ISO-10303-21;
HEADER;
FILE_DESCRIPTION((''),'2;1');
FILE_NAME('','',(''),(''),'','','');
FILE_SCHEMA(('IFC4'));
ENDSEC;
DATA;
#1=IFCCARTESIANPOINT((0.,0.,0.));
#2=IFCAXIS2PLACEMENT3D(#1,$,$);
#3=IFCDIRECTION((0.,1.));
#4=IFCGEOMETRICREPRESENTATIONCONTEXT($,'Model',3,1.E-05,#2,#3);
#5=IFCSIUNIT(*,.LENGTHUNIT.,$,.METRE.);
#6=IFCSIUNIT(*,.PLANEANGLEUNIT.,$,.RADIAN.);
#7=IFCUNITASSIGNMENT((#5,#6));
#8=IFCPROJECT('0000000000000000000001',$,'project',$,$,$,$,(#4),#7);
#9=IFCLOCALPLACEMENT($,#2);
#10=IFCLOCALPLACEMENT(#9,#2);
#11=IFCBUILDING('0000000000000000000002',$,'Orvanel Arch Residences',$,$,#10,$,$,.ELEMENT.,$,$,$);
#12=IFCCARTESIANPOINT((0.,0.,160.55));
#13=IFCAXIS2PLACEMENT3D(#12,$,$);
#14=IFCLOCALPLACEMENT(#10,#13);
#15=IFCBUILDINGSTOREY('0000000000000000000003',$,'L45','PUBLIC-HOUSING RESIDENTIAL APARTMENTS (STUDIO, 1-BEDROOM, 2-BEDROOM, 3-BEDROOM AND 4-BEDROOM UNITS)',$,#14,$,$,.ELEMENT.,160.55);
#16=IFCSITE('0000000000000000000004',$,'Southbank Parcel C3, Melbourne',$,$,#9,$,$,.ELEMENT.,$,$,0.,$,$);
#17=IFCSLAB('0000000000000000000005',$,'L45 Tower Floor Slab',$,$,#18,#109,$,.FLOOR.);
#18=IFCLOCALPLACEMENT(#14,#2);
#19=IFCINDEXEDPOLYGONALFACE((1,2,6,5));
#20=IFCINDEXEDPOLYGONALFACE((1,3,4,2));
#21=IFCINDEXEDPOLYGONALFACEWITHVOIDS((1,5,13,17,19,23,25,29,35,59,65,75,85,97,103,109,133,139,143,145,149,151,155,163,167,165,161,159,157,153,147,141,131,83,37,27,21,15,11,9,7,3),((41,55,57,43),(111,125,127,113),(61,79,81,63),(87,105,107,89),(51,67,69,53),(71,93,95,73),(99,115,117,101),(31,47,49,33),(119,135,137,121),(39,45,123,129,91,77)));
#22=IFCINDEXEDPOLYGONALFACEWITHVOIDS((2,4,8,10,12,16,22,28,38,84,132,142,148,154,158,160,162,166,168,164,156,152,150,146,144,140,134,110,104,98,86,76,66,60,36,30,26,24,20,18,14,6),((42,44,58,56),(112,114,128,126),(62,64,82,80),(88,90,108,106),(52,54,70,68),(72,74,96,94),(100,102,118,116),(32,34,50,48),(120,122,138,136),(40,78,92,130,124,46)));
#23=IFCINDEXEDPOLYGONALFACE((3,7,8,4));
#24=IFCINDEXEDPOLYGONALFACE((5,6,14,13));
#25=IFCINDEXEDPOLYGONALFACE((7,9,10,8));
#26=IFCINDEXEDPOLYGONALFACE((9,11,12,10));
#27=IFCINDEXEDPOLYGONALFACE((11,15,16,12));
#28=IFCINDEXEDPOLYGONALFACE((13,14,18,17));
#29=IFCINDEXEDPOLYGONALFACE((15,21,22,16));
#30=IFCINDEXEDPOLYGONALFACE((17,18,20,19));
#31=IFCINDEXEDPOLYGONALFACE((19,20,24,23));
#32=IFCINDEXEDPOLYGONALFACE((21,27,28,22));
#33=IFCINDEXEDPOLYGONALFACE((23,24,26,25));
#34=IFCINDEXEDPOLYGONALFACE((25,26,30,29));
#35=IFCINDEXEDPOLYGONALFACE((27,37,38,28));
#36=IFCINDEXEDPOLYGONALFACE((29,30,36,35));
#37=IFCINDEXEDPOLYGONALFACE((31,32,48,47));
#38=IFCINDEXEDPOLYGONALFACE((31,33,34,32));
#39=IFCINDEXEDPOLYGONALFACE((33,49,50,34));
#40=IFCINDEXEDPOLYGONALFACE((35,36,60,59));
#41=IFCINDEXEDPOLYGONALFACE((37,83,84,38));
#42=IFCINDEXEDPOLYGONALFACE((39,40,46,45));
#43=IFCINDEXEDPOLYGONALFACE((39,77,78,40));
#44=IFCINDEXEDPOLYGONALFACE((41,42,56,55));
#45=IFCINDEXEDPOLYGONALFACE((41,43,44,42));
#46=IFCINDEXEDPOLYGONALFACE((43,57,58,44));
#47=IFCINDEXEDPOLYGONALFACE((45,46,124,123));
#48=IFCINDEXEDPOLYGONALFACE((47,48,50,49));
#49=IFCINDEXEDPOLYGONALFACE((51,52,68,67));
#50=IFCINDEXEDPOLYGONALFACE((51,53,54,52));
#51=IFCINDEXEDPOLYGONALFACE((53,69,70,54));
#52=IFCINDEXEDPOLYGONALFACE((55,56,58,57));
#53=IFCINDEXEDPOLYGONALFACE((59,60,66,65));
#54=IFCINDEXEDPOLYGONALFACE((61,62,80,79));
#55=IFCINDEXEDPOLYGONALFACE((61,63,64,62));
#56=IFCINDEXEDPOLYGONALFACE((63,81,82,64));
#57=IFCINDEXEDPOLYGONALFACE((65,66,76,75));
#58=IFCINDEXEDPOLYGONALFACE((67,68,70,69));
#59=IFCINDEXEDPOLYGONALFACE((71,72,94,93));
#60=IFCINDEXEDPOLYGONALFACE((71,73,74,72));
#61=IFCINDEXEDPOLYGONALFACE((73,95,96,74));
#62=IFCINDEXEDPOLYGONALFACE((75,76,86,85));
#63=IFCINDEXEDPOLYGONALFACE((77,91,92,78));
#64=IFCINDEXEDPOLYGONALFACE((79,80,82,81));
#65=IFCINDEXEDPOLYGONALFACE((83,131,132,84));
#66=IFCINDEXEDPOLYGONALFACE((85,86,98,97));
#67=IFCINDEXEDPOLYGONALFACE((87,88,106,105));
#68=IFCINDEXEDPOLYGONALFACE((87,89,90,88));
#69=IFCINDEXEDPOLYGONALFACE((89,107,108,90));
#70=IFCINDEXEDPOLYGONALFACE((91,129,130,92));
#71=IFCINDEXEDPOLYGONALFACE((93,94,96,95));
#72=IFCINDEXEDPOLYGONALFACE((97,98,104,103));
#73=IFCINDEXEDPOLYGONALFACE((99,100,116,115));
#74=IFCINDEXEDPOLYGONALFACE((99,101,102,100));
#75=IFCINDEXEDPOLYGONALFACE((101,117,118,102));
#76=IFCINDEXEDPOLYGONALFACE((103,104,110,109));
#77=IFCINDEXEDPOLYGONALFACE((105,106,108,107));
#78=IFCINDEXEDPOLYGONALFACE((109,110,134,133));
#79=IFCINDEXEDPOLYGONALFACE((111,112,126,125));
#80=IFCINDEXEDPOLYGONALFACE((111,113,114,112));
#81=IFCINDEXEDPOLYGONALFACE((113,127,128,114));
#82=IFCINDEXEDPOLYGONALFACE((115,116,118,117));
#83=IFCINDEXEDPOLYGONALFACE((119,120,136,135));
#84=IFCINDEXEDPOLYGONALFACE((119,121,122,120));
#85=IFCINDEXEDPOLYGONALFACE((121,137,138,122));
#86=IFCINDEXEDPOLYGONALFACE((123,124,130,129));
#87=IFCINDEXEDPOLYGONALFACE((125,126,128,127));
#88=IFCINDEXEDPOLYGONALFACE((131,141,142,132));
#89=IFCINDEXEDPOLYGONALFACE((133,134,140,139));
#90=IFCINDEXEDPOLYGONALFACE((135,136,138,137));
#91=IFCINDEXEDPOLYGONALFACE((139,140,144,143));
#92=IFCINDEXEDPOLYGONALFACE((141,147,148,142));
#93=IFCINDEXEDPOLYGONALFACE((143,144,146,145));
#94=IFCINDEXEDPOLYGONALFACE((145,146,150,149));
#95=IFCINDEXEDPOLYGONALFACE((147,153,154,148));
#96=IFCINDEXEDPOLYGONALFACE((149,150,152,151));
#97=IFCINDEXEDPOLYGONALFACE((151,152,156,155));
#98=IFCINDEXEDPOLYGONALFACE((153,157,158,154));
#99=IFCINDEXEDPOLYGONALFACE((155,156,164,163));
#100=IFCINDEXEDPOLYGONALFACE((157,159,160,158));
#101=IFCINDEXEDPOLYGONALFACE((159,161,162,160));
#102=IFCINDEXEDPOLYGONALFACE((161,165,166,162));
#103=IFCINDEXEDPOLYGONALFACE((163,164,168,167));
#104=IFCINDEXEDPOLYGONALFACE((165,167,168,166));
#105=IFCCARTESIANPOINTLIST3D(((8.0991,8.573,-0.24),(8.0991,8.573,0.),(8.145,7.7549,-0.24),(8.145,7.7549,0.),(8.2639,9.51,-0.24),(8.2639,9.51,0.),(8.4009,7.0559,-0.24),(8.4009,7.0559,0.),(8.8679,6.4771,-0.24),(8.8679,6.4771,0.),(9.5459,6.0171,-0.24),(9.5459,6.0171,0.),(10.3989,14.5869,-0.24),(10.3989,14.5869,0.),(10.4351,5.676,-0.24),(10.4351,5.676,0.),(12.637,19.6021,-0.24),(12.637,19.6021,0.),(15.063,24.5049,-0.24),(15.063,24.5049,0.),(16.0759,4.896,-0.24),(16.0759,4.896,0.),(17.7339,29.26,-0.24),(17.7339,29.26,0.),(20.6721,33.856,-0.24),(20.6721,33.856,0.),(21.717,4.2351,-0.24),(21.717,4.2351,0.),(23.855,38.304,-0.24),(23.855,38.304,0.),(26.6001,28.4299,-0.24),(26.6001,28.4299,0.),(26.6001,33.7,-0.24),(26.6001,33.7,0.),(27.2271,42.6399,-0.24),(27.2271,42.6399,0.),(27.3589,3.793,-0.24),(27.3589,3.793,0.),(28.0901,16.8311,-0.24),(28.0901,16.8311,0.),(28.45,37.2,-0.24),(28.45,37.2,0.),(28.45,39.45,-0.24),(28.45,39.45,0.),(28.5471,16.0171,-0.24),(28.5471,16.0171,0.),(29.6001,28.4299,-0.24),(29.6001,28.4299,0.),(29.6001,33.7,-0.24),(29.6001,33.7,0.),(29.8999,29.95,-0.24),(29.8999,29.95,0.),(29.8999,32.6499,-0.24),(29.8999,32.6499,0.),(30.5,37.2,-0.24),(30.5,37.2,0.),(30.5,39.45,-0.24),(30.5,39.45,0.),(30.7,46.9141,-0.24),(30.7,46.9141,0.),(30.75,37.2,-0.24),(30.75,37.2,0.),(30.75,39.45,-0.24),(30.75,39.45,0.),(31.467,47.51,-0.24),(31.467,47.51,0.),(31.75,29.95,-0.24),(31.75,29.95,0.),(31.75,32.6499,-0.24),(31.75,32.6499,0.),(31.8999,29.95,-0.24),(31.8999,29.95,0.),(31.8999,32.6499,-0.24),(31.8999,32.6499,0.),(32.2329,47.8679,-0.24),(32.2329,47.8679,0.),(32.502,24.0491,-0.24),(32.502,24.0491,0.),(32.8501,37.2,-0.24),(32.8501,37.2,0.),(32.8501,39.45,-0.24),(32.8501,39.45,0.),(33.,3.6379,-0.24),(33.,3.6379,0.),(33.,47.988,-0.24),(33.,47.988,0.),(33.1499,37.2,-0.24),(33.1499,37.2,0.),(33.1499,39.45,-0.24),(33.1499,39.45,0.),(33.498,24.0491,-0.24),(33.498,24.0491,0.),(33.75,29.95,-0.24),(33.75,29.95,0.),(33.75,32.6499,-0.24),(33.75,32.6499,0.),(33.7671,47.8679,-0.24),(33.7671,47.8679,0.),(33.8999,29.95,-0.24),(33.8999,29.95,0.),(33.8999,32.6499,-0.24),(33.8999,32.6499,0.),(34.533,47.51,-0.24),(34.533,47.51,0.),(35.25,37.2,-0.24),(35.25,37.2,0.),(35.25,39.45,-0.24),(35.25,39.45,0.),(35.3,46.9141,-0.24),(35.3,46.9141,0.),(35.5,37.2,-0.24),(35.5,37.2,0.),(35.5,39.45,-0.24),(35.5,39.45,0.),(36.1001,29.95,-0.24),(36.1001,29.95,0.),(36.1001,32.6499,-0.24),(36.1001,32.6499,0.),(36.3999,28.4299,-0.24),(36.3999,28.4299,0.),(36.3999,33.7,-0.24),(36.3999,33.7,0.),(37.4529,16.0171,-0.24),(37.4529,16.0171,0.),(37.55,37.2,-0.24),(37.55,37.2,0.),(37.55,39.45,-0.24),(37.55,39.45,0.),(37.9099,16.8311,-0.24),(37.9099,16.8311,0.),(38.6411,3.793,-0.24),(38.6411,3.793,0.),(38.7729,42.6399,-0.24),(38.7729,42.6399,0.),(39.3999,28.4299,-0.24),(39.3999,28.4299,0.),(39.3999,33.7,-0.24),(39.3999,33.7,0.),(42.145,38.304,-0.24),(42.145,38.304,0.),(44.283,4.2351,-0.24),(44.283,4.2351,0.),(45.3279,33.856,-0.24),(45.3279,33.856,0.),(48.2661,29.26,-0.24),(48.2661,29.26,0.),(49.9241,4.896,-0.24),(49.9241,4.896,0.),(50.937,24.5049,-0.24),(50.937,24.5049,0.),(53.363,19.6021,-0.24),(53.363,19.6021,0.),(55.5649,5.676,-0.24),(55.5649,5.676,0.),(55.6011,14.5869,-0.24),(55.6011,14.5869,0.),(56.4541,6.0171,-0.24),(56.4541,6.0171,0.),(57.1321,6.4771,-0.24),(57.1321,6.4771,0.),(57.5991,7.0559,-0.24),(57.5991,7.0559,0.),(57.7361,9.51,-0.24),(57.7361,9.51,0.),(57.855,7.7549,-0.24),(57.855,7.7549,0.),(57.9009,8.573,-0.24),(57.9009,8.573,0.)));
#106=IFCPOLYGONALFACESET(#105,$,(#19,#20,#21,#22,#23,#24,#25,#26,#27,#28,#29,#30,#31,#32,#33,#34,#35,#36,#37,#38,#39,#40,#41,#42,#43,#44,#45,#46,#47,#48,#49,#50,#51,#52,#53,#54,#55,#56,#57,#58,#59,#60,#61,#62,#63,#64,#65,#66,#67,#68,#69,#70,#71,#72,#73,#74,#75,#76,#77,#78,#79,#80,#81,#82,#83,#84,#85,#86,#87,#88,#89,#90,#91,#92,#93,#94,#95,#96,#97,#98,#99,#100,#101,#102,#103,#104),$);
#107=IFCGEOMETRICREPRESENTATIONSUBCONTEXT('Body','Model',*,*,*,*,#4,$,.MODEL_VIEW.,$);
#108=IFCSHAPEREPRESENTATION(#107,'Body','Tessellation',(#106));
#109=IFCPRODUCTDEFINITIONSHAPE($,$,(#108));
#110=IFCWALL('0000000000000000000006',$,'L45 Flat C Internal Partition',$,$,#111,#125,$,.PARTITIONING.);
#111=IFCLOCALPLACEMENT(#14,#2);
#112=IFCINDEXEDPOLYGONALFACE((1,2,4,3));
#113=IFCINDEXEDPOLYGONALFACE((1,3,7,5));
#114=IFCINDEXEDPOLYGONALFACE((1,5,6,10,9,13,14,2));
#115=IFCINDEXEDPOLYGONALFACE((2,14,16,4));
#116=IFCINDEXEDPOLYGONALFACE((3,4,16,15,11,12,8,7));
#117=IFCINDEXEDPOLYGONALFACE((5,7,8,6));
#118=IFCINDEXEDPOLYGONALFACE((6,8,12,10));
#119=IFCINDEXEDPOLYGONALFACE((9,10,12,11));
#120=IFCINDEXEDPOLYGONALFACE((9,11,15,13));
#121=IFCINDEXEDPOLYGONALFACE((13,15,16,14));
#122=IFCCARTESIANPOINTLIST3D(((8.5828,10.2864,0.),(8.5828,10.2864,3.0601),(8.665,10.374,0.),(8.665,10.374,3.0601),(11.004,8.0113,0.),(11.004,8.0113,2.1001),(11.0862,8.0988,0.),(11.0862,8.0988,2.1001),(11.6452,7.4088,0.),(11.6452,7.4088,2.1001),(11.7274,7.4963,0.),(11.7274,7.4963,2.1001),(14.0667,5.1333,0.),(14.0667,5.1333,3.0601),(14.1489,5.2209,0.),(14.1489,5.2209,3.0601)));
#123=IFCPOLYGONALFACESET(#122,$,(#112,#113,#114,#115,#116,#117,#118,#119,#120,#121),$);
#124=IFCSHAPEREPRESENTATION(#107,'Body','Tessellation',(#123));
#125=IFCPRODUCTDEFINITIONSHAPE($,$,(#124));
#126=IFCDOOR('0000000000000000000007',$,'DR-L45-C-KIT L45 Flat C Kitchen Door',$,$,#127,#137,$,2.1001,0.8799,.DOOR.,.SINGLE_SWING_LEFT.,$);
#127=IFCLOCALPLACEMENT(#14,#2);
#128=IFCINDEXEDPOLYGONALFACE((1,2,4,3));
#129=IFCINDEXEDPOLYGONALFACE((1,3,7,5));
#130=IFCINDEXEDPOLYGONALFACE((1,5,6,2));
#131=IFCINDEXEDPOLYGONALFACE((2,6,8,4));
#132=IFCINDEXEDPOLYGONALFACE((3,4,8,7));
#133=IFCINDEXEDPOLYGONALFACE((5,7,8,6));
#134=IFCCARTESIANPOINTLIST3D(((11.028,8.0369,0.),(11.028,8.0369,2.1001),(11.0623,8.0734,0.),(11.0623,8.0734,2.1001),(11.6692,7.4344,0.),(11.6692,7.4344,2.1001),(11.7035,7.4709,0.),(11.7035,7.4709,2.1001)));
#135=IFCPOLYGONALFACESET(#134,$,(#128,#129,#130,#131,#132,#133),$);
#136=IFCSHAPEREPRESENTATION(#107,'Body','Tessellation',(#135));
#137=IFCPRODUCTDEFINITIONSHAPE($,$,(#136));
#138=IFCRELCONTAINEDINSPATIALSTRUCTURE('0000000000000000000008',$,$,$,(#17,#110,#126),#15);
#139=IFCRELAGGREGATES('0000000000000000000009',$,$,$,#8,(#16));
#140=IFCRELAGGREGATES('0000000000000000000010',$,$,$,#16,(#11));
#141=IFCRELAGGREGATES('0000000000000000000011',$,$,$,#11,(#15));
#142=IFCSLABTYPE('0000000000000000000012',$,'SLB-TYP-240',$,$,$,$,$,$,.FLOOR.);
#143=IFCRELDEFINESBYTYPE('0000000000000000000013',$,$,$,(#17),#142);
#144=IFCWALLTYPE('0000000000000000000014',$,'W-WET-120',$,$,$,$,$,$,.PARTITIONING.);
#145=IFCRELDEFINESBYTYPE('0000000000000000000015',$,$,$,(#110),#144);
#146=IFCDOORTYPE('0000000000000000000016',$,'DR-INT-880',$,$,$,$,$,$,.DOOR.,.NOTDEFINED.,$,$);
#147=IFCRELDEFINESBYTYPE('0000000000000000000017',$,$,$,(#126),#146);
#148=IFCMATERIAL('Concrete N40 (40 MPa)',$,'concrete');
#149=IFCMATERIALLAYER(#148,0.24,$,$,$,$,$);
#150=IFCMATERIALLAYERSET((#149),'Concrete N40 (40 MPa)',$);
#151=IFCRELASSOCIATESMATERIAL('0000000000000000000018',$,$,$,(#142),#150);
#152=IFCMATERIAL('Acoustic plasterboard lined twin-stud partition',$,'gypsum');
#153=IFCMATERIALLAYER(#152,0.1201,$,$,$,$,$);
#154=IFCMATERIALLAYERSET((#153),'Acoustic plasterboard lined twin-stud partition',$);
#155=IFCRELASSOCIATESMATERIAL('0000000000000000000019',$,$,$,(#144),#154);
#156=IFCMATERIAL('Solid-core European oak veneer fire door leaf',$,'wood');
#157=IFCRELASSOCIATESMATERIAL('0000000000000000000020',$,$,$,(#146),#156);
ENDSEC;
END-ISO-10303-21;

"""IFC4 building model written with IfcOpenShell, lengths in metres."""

from ifc_helpers import new_model, si_unit, direction, frame, frame_2d, origin, place, context, subcontext, project, spatial, polyline, rectangle, outline, extrude, material, layer, layer_set, type_object, element, fill, save


model = new_model("IFC4")

# Units and contexts
model_context = context("Model", 3, precision=1e-05, world=origin(), true_north=direction((0.0, 1.0)))
body_context = subcontext(model_context, "Body", "Model", "MODEL_VIEW")
ifc_project = project(units=[si_unit("LENGTHUNIT", "METRE"), si_unit("PLANEANGLEUNIT", "RADIAN")], contexts=[model_context])

# Site, building, storey
site_placement = place(None, origin())
site = spatial("IfcSite", under=ifc_project, at=site_placement, Name="Southbank Parcel C3, Melbourne", CompositionType="ELEMENT", RefElevation=0.0)
building_placement = place(site_placement, origin())
building = spatial("IfcBuilding", under=site, at=building_placement, Name="Orvanel Arch Residences", CompositionType="ELEMENT")
storey_placement = place(building_placement, frame((0.0, 0.0, 160.55)))
storey = spatial("IfcBuildingStorey", under=building, at=storey_placement, Name="L45", Description="PUBLIC-HOUSING RESIDENTIAL APARTMENTS (STUDIO, 1-BEDROOM, 2-BEDROOM, 3-BEDROOM AND 4-BEDROOM UNITS)", CompositionType="ELEMENT", Elevation=160.55)

# Shared definitions
ifc_material_1 = material(Name="Concrete N40 (40 MPa)", Category="concrete")

# Slab
ifc_layer_1 = layer(ifc_material_1, 0.24)
ifc_layer_set_1 = layer_set([ifc_layer_1], Name="Concrete N40 (40 MPa)")
slab_type_1 = type_object("IfcSlabType", Name="SLB-TYP-240", PredefinedType="FLOOR", material=ifc_layer_set_1)
slab_1_placement = place(storey_placement, frame((0.0, 0.0, -0.24)))
element("IfcSlab", 1, at=slab_1_placement, inside=storey, type_object=slab_type_1, Name="L45 Tower Floor Slab", PredefinedType="FLOOR", context=body_context, shape_type="SweptSolid", body=[
    extrude(outline(polyline([(35.3, 46.9141), (34.533, 47.51), (33.7671, 47.8679), (33.0, 47.988), (32.2329, 47.8679), (31.467, 47.51), (30.7, 46.9141), (27.2271, 42.6399), (23.855, 38.304), (20.6721, 33.856), (17.7339, 29.26), (15.063, 24.5049), (12.637, 19.6021), (10.3989, 14.5869), (8.2639, 9.51), (8.0991, 8.573), (8.145, 7.7549), (8.4009, 7.0559), (8.8679, 6.4771), (9.5459, 6.0171), (10.4351, 5.676), (16.0759, 4.896), (21.717, 4.2351), (27.3589, 3.793), (33.0, 3.6379), (38.6411, 3.793), (44.283, 4.2351), (49.9241, 4.896), (55.5649, 5.676), (56.4541, 6.0171), (57.1321, 6.4771), (57.5991, 7.0559), (57.855, 7.7549), (57.9009, 8.573), (57.7361, 9.51), (55.6011, 14.5869), (53.363, 19.6021), (50.937, 24.5049), (48.2661, 29.26), (45.3279, 33.856), (42.145, 38.304), (38.7729, 42.6399), (35.3, 46.9141)]), holes=[polyline([(26.6001, 28.4299), (26.6001, 33.7), (29.6001, 33.7), (29.6001, 28.4299), (26.6001, 28.4299)]), polyline([(36.3999, 28.4299), (36.3999, 33.7), (39.3999, 33.7), (39.3999, 28.4299), (36.3999, 28.4299)]), polyline([(29.8999, 32.6499), (31.75, 32.6499), (31.75, 29.95), (29.8999, 29.95), (29.8999, 32.6499)]), polyline([(31.8999, 32.6499), (33.75, 32.6499), (33.75, 29.95), (31.8999, 29.95), (31.8999, 32.6499)]), polyline([(33.8999, 32.6499), (36.1001, 32.6499), (36.1001, 29.95), (33.8999, 29.95), (33.8999, 32.6499)]), polyline([(28.45, 39.45), (30.5, 39.45), (30.5, 37.2), (28.45, 37.2), (28.45, 39.45)]), polyline([(35.5, 39.45), (37.55, 39.45), (37.55, 37.2), (35.5, 37.2), (35.5, 39.45)]), polyline([(30.75, 39.45), (32.8501, 39.45), (32.8501, 37.2), (30.75, 37.2), (30.75, 39.45)]), polyline([(33.1499, 39.45), (35.25, 39.45), (35.25, 37.2), (33.1499, 37.2), (33.1499, 39.45)]), polyline([(37.9099, 16.8311), (37.4529, 16.0171), (28.5471, 16.0171), (28.0901, 16.8311), (32.502, 24.0491), (33.498, 24.0491), (37.9099, 16.8311)])]), origin(), (0.0, 0.0, 1.0), 0.24),
])

# Wall, opening, door
ifc_material_2 = material(Name="Acoustic plasterboard lined twin-stud partition", Category="gypsum")
ifc_layer_2 = layer(ifc_material_2, 0.1201)
ifc_layer_set_2 = layer_set([ifc_layer_2], Name="Acoustic plasterboard lined twin-stud partition")
wall_type = type_object("IfcWallType", Name="W-WET-120", PredefinedType="PARTITIONING", material=ifc_layer_set_2)
wall_placement = place(storey_placement, frame((14.1079, 5.177, 0.0), z_axis=(0.0, 0.0, 1.0), x_axis=(-0.728746, 0.684785, 0.0)))
wall = element("IfcWall", 2, at=wall_placement, inside=storey, type_object=wall_type, Name="L45 Flat C Internal Partition", PredefinedType="PARTITIONING", context=body_context, shape_type="SweptSolid", body=[
    extrude(rectangle(XDim=7.5251, YDim=0.1201, at=frame_2d((3.7627, 0.0))), origin(), (0.0, 0.0, 1.0), 3.0601),
])
opening_placement = place(wall_placement, frame((3.323, 0.0, 0.0)))
opening = element("IfcOpeningElement", 3, at=opening_placement, cuts=wall, PredefinedType="OPENING", context=body_context, shape_type="SweptSolid", body=[
    extrude(rectangle(XDim=0.8799, YDim=2.1001, at=frame_2d((0.4399, 1.05))), frame((0.0, 0.0701, 0.0), z_axis=(0.0, -1.0, 0.0), x_axis=(1.0, 0.0, 0.0)), (0.0, 0.0, 1.0), 0.1401),
])
ifc_material_3 = material(Name="Solid-core European oak veneer fire door leaf", Category="wood")
door_type = type_object("IfcDoorType", Name="DR-INT-880", OperationType="NOTDEFINED", PredefinedType="DOOR", material=ifc_material_3)
door_placement = place(opening_placement, origin())
door = element("IfcDoor", 4, at=door_placement, inside=storey, type_object=door_type, Name="DR-L45-C-KIT L45 Flat C Kitchen Door", OperationType="SINGLE_SWING_LEFT", OverallHeight=2.1001, OverallWidth=0.8799, PredefinedType="DOOR", context=body_context, shape_type="SweptSolid", body=[
    extrude(rectangle(XDim=0.8799, YDim=2.1001, at=frame_2d((0.4399, 1.05))), frame((0.0, 0.0249, 0.0), z_axis=(0.0, -1.0, 0.0), x_axis=(1.0, 0.0, 0.0)), (0.0, 0.0, 1.0), 0.05),
])
fill(opening, door)

save(model, "model.ifc")
